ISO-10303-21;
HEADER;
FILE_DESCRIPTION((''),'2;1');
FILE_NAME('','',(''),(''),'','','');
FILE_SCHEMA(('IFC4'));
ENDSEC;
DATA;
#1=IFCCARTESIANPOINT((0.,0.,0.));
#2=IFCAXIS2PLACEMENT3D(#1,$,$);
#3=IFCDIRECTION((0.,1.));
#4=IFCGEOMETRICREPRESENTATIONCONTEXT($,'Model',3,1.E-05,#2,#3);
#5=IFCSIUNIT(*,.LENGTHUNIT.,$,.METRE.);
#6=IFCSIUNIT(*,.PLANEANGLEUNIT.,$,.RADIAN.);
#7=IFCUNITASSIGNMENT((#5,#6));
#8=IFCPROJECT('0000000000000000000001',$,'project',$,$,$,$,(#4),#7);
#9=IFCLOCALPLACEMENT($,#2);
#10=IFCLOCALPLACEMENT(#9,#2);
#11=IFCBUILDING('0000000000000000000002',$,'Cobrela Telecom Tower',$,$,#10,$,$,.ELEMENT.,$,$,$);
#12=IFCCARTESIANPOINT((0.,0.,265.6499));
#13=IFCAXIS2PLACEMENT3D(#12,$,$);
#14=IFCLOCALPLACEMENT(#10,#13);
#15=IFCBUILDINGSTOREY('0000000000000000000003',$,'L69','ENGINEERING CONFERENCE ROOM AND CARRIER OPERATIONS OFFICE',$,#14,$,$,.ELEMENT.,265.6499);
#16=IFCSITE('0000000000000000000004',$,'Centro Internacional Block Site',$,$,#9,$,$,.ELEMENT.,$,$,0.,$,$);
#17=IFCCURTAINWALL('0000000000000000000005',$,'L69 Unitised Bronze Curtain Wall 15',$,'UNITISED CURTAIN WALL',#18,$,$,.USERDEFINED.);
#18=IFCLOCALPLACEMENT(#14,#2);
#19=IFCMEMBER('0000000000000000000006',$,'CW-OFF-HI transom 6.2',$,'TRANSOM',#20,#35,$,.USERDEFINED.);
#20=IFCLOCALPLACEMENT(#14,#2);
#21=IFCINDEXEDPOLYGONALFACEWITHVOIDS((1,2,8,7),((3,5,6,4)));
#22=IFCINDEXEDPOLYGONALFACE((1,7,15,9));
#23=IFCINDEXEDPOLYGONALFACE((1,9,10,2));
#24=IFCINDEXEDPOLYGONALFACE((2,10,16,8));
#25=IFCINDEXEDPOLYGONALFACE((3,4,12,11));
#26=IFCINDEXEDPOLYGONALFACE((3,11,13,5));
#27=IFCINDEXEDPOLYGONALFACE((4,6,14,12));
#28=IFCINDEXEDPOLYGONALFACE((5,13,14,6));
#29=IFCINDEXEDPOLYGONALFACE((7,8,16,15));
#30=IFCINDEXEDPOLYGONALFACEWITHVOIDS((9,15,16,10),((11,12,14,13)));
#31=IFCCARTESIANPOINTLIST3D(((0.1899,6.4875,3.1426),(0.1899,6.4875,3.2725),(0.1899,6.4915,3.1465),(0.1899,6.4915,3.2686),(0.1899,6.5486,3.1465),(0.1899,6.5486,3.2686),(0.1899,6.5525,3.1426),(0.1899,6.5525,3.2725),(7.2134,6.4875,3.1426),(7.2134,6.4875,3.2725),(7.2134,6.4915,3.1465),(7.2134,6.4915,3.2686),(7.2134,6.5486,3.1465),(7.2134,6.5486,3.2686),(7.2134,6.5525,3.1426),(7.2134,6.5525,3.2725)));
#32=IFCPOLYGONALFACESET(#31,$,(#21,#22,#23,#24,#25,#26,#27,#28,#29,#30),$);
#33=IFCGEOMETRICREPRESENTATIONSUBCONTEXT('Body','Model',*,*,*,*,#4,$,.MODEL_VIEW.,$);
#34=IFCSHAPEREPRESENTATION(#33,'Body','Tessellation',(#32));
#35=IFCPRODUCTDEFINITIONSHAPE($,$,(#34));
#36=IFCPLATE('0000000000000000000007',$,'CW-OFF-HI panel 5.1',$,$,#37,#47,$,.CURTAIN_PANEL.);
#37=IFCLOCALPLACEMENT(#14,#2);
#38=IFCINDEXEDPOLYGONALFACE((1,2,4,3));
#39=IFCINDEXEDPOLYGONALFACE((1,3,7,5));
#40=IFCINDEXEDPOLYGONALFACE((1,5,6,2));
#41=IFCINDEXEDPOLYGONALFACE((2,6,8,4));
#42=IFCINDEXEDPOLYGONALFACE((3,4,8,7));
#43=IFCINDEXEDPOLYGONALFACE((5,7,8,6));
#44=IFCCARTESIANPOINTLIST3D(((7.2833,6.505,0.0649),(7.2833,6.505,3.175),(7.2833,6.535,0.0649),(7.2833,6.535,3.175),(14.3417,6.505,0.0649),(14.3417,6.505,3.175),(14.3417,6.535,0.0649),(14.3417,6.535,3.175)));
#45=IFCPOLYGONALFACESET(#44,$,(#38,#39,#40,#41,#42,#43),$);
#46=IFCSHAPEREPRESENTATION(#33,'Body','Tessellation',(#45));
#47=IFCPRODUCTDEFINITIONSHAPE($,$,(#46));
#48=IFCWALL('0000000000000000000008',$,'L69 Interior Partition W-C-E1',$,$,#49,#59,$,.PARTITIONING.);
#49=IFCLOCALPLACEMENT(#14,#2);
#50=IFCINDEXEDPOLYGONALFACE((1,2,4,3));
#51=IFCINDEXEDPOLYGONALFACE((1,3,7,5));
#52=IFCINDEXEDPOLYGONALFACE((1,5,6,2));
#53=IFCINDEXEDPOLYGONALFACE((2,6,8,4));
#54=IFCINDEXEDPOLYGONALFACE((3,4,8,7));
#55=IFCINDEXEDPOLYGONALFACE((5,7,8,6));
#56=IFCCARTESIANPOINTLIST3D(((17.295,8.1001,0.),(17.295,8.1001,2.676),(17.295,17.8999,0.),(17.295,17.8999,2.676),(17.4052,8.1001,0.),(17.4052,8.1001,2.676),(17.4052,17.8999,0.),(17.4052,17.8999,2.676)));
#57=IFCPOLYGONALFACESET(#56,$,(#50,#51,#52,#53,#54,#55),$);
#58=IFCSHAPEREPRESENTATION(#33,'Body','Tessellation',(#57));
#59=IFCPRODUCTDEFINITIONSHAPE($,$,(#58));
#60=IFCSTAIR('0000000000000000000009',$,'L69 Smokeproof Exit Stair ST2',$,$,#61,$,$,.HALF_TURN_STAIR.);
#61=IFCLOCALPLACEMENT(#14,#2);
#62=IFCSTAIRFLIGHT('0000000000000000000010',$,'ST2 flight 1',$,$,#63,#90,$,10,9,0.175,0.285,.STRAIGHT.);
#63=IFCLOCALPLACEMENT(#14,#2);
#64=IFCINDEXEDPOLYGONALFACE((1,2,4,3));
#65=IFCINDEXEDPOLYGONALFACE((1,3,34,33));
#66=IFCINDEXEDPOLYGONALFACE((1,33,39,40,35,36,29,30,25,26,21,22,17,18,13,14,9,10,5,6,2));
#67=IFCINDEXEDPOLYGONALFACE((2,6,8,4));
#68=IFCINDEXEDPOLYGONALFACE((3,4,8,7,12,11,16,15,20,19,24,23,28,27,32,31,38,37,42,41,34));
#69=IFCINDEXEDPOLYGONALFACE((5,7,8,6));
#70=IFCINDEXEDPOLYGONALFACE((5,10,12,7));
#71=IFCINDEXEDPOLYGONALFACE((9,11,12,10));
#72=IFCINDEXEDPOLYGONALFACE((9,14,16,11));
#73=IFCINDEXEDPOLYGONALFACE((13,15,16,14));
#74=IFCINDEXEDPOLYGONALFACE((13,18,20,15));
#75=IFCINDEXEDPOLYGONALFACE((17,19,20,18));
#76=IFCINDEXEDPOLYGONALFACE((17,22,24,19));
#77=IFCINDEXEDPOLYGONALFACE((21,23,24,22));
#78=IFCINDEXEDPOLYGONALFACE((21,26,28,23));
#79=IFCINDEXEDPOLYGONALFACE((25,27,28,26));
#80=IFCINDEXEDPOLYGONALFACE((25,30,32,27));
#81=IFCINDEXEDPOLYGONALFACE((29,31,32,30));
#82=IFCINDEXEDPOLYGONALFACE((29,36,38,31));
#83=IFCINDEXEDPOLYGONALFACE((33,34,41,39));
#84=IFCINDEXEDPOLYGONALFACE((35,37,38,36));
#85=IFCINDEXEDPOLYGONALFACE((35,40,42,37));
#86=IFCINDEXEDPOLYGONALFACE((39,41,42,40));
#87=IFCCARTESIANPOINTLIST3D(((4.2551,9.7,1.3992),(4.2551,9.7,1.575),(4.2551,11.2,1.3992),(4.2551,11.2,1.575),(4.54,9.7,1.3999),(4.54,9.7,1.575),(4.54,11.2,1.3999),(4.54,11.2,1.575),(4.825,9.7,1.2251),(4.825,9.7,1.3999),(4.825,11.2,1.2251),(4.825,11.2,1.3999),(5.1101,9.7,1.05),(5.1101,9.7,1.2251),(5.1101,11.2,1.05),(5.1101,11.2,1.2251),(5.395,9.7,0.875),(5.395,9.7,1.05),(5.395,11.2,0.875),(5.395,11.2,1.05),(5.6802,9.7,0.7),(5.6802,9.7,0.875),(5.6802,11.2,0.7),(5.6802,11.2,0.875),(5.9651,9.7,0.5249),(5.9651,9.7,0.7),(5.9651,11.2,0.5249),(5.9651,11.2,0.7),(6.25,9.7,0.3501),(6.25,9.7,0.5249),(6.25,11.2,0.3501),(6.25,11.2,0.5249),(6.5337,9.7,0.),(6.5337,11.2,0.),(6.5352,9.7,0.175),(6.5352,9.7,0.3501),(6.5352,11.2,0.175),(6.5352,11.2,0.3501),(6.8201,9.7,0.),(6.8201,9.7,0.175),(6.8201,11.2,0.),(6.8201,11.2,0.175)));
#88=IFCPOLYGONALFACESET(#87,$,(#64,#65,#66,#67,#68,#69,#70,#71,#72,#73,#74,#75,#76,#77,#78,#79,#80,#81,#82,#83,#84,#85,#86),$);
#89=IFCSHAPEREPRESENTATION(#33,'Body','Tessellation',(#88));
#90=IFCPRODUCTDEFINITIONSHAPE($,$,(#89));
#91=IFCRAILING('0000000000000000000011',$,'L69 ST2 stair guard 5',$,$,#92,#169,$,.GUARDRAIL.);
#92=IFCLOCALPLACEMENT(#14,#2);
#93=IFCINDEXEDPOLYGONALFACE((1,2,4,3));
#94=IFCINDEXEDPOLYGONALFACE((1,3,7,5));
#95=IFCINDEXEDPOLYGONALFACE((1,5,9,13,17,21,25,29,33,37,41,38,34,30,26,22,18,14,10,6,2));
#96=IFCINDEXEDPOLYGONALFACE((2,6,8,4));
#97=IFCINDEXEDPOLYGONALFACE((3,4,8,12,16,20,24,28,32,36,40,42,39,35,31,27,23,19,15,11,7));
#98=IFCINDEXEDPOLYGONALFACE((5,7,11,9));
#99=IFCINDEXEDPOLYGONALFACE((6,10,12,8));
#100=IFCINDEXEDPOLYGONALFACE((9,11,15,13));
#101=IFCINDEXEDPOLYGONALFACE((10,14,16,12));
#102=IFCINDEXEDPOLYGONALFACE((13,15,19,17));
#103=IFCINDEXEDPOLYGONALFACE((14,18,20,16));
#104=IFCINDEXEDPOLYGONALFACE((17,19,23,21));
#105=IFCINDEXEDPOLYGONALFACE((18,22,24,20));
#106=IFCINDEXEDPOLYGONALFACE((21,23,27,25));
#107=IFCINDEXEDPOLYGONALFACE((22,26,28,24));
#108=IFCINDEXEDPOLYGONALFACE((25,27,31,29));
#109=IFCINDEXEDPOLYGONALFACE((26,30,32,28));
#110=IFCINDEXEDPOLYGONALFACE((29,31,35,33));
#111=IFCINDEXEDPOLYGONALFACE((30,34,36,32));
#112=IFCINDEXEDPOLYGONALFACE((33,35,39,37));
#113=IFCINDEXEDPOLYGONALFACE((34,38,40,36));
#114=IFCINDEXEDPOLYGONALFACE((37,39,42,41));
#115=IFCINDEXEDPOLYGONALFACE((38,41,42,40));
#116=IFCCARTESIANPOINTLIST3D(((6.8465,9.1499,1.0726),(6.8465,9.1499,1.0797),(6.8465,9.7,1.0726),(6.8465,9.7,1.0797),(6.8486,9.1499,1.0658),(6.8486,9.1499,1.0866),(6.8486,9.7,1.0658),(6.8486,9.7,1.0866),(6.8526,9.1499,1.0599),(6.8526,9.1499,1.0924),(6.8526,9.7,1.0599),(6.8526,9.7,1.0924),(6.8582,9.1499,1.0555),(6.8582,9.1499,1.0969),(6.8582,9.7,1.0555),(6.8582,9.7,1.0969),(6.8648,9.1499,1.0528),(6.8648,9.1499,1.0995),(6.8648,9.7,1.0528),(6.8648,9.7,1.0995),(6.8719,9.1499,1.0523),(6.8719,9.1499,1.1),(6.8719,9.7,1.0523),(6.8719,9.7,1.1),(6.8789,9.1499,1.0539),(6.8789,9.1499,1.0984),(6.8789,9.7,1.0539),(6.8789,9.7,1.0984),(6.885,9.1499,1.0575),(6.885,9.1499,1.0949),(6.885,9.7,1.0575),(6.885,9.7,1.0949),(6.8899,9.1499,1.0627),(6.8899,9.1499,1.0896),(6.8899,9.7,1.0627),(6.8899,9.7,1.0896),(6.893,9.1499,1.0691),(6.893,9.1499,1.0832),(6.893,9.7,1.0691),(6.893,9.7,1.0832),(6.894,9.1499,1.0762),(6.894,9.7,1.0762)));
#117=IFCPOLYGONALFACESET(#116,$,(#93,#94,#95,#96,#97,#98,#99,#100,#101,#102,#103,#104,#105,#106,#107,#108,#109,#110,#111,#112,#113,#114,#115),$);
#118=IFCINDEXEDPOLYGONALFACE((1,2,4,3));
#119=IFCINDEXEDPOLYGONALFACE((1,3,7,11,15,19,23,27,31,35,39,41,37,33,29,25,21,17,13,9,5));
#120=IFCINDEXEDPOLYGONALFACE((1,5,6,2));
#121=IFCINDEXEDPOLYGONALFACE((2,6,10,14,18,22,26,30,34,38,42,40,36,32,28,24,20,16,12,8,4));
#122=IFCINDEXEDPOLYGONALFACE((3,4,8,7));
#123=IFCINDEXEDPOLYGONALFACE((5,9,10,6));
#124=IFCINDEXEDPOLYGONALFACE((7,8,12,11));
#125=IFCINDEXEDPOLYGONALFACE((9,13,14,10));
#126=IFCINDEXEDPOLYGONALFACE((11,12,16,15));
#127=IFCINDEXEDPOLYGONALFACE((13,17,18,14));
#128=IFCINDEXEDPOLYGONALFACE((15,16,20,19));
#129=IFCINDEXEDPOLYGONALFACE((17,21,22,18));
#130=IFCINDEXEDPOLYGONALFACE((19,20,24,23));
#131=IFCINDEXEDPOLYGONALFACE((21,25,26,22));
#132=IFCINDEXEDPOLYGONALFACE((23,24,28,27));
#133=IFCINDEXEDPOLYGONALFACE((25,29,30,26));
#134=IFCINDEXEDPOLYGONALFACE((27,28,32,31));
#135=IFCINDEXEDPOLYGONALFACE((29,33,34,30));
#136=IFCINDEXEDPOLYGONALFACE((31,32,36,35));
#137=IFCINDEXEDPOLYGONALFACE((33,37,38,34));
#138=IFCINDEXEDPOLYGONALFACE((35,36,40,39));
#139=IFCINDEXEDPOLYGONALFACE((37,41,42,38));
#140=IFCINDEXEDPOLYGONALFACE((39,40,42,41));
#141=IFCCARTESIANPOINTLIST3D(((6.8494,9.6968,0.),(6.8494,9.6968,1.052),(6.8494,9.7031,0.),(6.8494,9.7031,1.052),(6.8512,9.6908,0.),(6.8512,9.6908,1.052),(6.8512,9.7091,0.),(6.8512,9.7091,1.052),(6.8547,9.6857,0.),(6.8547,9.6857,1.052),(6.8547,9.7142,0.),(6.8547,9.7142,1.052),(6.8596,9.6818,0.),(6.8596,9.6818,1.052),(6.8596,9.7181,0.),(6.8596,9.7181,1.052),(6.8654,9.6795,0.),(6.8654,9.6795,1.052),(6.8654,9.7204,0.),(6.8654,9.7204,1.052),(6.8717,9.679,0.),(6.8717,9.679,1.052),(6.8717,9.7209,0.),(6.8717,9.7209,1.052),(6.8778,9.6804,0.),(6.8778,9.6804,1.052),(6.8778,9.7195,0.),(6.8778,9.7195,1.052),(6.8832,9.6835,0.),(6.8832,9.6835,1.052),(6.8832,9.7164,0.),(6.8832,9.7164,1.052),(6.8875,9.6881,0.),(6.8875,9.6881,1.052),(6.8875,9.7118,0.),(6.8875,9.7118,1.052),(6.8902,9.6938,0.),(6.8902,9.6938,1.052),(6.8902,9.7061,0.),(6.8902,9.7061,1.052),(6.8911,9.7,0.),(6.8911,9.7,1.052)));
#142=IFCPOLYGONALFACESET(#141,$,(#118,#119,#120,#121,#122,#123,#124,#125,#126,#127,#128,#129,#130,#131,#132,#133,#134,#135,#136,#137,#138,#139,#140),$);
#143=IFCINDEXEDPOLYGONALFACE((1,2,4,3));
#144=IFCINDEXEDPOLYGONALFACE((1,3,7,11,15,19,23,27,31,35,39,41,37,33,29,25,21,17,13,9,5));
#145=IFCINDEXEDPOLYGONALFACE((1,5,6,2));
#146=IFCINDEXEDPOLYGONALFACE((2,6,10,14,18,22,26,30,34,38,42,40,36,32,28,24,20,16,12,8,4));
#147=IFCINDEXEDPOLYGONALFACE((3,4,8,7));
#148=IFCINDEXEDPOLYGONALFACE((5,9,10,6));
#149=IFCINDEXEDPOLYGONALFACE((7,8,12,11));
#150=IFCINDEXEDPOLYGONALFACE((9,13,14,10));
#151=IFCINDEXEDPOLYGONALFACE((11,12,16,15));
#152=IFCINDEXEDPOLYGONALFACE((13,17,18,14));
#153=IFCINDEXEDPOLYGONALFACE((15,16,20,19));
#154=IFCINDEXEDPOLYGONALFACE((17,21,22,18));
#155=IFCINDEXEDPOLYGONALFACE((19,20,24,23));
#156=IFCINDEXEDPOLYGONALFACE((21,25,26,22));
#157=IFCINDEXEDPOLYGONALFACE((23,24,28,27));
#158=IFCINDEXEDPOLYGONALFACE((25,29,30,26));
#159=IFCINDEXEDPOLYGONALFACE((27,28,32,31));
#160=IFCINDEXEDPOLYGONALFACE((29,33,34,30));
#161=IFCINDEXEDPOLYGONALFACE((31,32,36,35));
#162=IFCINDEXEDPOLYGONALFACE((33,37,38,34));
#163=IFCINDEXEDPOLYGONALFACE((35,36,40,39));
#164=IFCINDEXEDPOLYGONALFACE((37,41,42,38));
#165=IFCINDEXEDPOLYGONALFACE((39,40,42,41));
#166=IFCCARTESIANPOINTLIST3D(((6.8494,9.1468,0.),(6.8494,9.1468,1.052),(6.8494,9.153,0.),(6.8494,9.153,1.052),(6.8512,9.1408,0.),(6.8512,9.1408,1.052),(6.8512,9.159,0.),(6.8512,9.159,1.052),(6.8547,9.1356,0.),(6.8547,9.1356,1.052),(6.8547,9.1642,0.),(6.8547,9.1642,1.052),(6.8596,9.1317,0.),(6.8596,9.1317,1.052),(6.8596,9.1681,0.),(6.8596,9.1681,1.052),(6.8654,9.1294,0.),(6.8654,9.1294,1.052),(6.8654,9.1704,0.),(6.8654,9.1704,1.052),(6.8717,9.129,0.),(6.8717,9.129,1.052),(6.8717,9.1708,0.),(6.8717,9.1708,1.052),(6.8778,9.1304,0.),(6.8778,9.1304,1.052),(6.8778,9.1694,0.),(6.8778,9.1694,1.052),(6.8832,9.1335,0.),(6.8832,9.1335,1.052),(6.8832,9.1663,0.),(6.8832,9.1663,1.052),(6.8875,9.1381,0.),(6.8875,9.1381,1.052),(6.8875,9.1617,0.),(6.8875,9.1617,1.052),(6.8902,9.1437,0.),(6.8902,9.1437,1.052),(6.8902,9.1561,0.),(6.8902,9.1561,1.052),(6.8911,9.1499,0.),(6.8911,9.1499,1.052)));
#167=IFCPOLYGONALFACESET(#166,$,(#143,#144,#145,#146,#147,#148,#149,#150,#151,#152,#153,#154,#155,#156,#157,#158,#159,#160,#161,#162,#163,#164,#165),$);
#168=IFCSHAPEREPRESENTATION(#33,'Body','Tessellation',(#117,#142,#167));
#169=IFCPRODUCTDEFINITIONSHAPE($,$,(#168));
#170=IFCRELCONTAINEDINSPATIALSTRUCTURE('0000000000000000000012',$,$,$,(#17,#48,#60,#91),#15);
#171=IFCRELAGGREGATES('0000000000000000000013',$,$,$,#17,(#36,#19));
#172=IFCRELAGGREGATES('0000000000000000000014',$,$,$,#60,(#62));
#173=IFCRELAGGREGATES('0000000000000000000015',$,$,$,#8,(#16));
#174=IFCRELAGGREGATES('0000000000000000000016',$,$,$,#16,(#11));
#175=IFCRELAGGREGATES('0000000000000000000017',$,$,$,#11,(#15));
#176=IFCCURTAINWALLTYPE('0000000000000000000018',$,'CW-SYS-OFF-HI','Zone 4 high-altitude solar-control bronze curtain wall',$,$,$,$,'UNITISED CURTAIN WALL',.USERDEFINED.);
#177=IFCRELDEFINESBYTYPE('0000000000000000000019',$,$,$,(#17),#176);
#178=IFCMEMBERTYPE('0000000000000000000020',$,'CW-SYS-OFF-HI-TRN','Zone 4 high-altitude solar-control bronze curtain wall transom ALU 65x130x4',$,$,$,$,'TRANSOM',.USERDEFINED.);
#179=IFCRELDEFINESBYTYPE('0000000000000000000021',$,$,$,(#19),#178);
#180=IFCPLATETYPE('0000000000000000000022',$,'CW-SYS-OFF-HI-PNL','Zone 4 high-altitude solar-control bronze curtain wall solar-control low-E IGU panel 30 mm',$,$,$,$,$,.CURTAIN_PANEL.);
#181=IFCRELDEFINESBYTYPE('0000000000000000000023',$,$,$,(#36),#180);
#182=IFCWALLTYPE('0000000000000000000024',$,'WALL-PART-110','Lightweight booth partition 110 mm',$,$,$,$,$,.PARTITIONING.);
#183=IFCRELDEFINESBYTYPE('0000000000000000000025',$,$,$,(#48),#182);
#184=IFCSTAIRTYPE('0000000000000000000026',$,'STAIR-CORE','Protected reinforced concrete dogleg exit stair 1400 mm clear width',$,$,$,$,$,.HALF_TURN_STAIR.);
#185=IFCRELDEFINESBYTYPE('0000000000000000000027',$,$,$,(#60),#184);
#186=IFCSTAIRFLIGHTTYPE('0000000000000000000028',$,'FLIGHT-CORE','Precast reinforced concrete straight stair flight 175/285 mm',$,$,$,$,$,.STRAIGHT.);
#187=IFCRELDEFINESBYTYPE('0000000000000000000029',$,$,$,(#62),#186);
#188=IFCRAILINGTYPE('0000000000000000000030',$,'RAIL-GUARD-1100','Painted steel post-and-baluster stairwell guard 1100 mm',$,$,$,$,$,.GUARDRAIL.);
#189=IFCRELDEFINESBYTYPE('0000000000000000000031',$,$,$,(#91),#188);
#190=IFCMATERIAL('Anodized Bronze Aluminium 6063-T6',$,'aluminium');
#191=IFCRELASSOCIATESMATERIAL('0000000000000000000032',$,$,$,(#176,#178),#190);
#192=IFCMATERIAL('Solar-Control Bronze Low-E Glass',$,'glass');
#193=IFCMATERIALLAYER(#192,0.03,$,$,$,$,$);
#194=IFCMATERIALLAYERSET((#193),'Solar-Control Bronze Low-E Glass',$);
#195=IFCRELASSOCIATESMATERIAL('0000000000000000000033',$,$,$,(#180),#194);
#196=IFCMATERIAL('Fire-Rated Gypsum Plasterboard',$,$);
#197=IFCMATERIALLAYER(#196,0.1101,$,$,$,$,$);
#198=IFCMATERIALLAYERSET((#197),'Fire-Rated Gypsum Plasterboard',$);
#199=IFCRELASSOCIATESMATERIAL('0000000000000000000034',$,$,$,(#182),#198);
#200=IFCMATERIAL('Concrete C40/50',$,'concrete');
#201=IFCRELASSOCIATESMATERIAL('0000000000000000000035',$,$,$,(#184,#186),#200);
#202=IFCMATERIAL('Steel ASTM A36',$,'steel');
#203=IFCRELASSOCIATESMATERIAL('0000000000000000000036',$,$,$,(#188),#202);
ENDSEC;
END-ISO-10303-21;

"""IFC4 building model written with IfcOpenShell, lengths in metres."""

from ifc_helpers import new_model, si_unit, direction, frame, frame_2d, origin, origin_2d, place, context, subcontext, project, spatial, polyline, rectangle, hollow_rectangle, circle, outline, extrude, material, layer, layer_set, material_profile, profile_set, type_object, element, aggregate, save


model = new_model("IFC4")

# Units and contexts
model_context = context("Model", 3, precision=1e-05, world=origin(), true_north=direction((0.0, 1.0)))
body_context = subcontext(model_context, "Body", "Model", "MODEL_VIEW")
ifc_project = project(units=[si_unit("LENGTHUNIT", "METRE"), si_unit("PLANEANGLEUNIT", "RADIAN")], contexts=[model_context])

# Site, building, storey
site_placement = place(None, origin())
site = spatial("IfcSite", under=ifc_project, at=site_placement, Name="Centro Internacional Block Site", CompositionType="ELEMENT", RefElevation=0.0)
building_placement = place(site_placement, origin())
building = spatial("IfcBuilding", under=site, at=building_placement, Name="Cobrela Telecom Tower", CompositionType="ELEMENT")
storey_placement = place(building_placement, frame((0.0, 0.0, 265.6499)))
storey = spatial("IfcBuildingStorey", under=building, at=storey_placement, Name="L69", Description="ENGINEERING CONFERENCE ROOM AND CARRIER OPERATIONS OFFICE", CompositionType="ELEMENT", Elevation=265.6499)

# Curtain wall, member, plate
ifc_material_1 = material(Name="Anodized Bronze Aluminium 6063-T6", Category="aluminium")
curtain_wall_type = type_object("IfcCurtainWallType", Name="CW-SYS-OFF-HI", Description="Zone 4 high-altitude solar-control bronze curtain wall", ElementType="UNITISED CURTAIN WALL", PredefinedType="USERDEFINED", material=ifc_material_1)
curtain_wall_placement = place(storey_placement, origin())
curtain_wall = element("IfcCurtainWall", 1, at=curtain_wall_placement, inside=storey, type_object=curtain_wall_type, Name="L69 Unitised Bronze Curtain Wall 15", ObjectType="UNITISED CURTAIN WALL", PredefinedType="USERDEFINED")
ifc_material_profile_1 = material_profile(ifc_material_1, hollow_rectangle(XDim=0.0649, YDim=0.1299, WallThickness=0.0039, at=origin_2d()), Name="ALU 65x130x4")
ifc_profile_set_1 = profile_set([ifc_material_profile_1], Name="Anodized Bronze Aluminium 6063-T6")
member_type_1 = type_object("IfcMemberType", Name="CW-SYS-OFF-HI-TRN", Description="Zone 4 high-altitude solar-control bronze curtain wall transom ALU 65x130x4", ElementType="TRANSOM", PredefinedType="USERDEFINED", material=ifc_profile_set_1)
member_1_placement = place(storey_placement, frame((7.2134, 6.52, 3.2075), z_axis=(-1.0, 0.0, 0.0), x_axis=(0.0, -1.0, 0.0)))
member_1 = element("IfcMember", 2, at=member_1_placement, type_object=member_type_1, Name="CW-OFF-HI transom 6.2", ObjectType="TRANSOM", PredefinedType="USERDEFINED", context=body_context, shape_type="SweptSolid", body=[
    extrude(hollow_rectangle(XDim=0.0649, YDim=0.1299, WallThickness=0.0039, at=origin_2d()), origin(), (0.0, 0.0, 1.0), 7.0234),
])
ifc_material_2 = material(Name="Solar-Control Bronze Low-E Glass", Category="glass")
ifc_layer_1 = layer(ifc_material_2, 0.03)
ifc_layer_set_1 = layer_set([ifc_layer_1], Name="Solar-Control Bronze Low-E Glass")
plate_type = type_object("IfcPlateType", Name="CW-SYS-OFF-HI-PNL", Description="Zone 4 high-altitude solar-control bronze curtain wall solar-control low-E IGU panel 30 mm", PredefinedType="CURTAIN_PANEL", material=ifc_layer_set_1)
plate_placement = place(storey_placement, frame((10.8125, 6.52, 0.0649), z_axis=(0.0, 0.0, 1.0), x_axis=(-1.0, 0.0, 0.0)))
plate = element("IfcPlate", 3, at=plate_placement, type_object=plate_type, Name="CW-OFF-HI panel 5.1", PredefinedType="CURTAIN_PANEL", context=body_context, shape_type="SweptSolid", body=[
    extrude(rectangle(XDim=7.0583, YDim=0.03, at=origin_2d()), origin(), (0.0, 0.0, 1.0), 3.1101),
])
aggregate(curtain_wall, [plate, member_1])

# Wall
ifc_material_3 = material(Name="Fire-Rated Gypsum Plasterboard")
ifc_layer_2 = layer(ifc_material_3, 0.1101)
ifc_layer_set_2 = layer_set([ifc_layer_2], Name="Fire-Rated Gypsum Plasterboard")
wall_type_1 = type_object("IfcWallType", Name="WALL-PART-110", Description="Lightweight booth partition 110 mm", PredefinedType="PARTITIONING", material=ifc_layer_set_2)
wall_1_placement = place(storey_placement, frame((17.3501, 8.1001, 0.0), z_axis=(0.0, 0.0, 1.0), x_axis=(0.0, 1.0, 0.0)))
element("IfcWall", 4, at=wall_1_placement, inside=storey, type_object=wall_type_1, Name="L69 Interior Partition W-C-E1", PredefinedType="PARTITIONING", context=body_context, shape_type="SweptSolid", body=[
    extrude(rectangle(XDim=9.7998, YDim=0.1101, at=frame_2d((4.8999, 0.0))), origin(), (0.0, 0.0, 1.0), 2.676),
])

# Shared definitions
ifc_material_4 = material(Name="Concrete C40/50", Category="concrete")
ifc_material_5 = material(Name="Steel ASTM A36", Category="steel")

# Stair, stair flight
stair_type = type_object("IfcStairType", Name="STAIR-CORE", Description="Protected reinforced concrete dogleg exit stair 1400 mm clear width", PredefinedType="HALF_TURN_STAIR", material=ifc_material_4)
stair_placement = place(storey_placement, origin())
stair = element("IfcStair", 5, at=stair_placement, inside=storey, type_object=stair_type, Name="L69 Smokeproof Exit Stair ST2", PredefinedType="HALF_TURN_STAIR")
stair_flight_type = type_object("IfcStairFlightType", Name="FLIGHT-CORE", Description="Precast reinforced concrete straight stair flight 175/285 mm", PredefinedType="STRAIGHT", material=ifc_material_4)
stair_flight_placement = place(storey_placement, frame((6.8201, 10.45, 0.0), z_axis=(0.0, 0.0, 1.0), x_axis=(-1.0, 0.0, 0.0)))
stair_flight = element("IfcStairFlight", 6, at=stair_flight_placement, type_object=stair_flight_type, Name="ST2 flight 1", NumberOfRisers=10, NumberOfTreads=9, PredefinedType="STRAIGHT", RiserHeight=0.175, TreadLength=0.285, context=body_context, shape_type="SweptSolid", body=[
    extrude(outline(polyline([(0.0, 0.0), (0.0, 0.175), (0.2849, 0.175), (0.2849, 0.3501), (0.5701, 0.3501), (0.5701, 0.5249), (0.855, 0.5249), (0.855, 0.7), (1.1399, 0.7), (1.1399, 0.875), (1.425, 0.875), (1.425, 1.05), (1.71, 1.05), (1.71, 1.2251), (1.9951, 1.2251), (1.9951, 1.3999), (2.28, 1.3999), (2.28, 1.575), (2.5649, 1.575), (2.5649, 1.75), (2.5649, 1.3992), (0.2864, 0.0), (0.0, 0.0)])), frame((0.0, 0.75, 0.0), z_axis=(0.0, -1.0, 0.0), x_axis=(1.0, 0.0, 0.0)), (0.0, 0.0, 1.0), 1.5),
])
aggregate(stair, [stair_flight])

# Railing
railing_type = type_object("IfcRailingType", Name="RAIL-GUARD-1100", Description="Painted steel post-and-baluster stairwell guard 1100 mm", PredefinedType="GUARDRAIL", material=ifc_material_5)
railing_placement = place(storey_placement, frame((6.8701, 9.7, 0.0)))
element("IfcRailing", 7, at=railing_placement, inside=storey, type_object=railing_type, Name="L69 ST2 stair guard 5", PredefinedType="GUARDRAIL", context=body_context, shape_type="SweptSolid", body=[
    extrude(circle(Radius=0.0239, at=origin_2d()), frame((0.0, 0.0, 1.0762), z_axis=(0.0, -1.0, 0.0), x_axis=(1.0, 0.0, 0.0)), (0.0, 0.0, 1.0), 0.55),
    extrude(circle(Radius=0.021, at=origin_2d()), origin(), (0.0, 0.0, 1.0), 1.052),
    extrude(circle(Radius=0.021, at=origin_2d()), frame((0.0, -0.55, 0.0)), (0.0, 0.0, 1.0), 1.052),
])

save(model, "model.ifc")
